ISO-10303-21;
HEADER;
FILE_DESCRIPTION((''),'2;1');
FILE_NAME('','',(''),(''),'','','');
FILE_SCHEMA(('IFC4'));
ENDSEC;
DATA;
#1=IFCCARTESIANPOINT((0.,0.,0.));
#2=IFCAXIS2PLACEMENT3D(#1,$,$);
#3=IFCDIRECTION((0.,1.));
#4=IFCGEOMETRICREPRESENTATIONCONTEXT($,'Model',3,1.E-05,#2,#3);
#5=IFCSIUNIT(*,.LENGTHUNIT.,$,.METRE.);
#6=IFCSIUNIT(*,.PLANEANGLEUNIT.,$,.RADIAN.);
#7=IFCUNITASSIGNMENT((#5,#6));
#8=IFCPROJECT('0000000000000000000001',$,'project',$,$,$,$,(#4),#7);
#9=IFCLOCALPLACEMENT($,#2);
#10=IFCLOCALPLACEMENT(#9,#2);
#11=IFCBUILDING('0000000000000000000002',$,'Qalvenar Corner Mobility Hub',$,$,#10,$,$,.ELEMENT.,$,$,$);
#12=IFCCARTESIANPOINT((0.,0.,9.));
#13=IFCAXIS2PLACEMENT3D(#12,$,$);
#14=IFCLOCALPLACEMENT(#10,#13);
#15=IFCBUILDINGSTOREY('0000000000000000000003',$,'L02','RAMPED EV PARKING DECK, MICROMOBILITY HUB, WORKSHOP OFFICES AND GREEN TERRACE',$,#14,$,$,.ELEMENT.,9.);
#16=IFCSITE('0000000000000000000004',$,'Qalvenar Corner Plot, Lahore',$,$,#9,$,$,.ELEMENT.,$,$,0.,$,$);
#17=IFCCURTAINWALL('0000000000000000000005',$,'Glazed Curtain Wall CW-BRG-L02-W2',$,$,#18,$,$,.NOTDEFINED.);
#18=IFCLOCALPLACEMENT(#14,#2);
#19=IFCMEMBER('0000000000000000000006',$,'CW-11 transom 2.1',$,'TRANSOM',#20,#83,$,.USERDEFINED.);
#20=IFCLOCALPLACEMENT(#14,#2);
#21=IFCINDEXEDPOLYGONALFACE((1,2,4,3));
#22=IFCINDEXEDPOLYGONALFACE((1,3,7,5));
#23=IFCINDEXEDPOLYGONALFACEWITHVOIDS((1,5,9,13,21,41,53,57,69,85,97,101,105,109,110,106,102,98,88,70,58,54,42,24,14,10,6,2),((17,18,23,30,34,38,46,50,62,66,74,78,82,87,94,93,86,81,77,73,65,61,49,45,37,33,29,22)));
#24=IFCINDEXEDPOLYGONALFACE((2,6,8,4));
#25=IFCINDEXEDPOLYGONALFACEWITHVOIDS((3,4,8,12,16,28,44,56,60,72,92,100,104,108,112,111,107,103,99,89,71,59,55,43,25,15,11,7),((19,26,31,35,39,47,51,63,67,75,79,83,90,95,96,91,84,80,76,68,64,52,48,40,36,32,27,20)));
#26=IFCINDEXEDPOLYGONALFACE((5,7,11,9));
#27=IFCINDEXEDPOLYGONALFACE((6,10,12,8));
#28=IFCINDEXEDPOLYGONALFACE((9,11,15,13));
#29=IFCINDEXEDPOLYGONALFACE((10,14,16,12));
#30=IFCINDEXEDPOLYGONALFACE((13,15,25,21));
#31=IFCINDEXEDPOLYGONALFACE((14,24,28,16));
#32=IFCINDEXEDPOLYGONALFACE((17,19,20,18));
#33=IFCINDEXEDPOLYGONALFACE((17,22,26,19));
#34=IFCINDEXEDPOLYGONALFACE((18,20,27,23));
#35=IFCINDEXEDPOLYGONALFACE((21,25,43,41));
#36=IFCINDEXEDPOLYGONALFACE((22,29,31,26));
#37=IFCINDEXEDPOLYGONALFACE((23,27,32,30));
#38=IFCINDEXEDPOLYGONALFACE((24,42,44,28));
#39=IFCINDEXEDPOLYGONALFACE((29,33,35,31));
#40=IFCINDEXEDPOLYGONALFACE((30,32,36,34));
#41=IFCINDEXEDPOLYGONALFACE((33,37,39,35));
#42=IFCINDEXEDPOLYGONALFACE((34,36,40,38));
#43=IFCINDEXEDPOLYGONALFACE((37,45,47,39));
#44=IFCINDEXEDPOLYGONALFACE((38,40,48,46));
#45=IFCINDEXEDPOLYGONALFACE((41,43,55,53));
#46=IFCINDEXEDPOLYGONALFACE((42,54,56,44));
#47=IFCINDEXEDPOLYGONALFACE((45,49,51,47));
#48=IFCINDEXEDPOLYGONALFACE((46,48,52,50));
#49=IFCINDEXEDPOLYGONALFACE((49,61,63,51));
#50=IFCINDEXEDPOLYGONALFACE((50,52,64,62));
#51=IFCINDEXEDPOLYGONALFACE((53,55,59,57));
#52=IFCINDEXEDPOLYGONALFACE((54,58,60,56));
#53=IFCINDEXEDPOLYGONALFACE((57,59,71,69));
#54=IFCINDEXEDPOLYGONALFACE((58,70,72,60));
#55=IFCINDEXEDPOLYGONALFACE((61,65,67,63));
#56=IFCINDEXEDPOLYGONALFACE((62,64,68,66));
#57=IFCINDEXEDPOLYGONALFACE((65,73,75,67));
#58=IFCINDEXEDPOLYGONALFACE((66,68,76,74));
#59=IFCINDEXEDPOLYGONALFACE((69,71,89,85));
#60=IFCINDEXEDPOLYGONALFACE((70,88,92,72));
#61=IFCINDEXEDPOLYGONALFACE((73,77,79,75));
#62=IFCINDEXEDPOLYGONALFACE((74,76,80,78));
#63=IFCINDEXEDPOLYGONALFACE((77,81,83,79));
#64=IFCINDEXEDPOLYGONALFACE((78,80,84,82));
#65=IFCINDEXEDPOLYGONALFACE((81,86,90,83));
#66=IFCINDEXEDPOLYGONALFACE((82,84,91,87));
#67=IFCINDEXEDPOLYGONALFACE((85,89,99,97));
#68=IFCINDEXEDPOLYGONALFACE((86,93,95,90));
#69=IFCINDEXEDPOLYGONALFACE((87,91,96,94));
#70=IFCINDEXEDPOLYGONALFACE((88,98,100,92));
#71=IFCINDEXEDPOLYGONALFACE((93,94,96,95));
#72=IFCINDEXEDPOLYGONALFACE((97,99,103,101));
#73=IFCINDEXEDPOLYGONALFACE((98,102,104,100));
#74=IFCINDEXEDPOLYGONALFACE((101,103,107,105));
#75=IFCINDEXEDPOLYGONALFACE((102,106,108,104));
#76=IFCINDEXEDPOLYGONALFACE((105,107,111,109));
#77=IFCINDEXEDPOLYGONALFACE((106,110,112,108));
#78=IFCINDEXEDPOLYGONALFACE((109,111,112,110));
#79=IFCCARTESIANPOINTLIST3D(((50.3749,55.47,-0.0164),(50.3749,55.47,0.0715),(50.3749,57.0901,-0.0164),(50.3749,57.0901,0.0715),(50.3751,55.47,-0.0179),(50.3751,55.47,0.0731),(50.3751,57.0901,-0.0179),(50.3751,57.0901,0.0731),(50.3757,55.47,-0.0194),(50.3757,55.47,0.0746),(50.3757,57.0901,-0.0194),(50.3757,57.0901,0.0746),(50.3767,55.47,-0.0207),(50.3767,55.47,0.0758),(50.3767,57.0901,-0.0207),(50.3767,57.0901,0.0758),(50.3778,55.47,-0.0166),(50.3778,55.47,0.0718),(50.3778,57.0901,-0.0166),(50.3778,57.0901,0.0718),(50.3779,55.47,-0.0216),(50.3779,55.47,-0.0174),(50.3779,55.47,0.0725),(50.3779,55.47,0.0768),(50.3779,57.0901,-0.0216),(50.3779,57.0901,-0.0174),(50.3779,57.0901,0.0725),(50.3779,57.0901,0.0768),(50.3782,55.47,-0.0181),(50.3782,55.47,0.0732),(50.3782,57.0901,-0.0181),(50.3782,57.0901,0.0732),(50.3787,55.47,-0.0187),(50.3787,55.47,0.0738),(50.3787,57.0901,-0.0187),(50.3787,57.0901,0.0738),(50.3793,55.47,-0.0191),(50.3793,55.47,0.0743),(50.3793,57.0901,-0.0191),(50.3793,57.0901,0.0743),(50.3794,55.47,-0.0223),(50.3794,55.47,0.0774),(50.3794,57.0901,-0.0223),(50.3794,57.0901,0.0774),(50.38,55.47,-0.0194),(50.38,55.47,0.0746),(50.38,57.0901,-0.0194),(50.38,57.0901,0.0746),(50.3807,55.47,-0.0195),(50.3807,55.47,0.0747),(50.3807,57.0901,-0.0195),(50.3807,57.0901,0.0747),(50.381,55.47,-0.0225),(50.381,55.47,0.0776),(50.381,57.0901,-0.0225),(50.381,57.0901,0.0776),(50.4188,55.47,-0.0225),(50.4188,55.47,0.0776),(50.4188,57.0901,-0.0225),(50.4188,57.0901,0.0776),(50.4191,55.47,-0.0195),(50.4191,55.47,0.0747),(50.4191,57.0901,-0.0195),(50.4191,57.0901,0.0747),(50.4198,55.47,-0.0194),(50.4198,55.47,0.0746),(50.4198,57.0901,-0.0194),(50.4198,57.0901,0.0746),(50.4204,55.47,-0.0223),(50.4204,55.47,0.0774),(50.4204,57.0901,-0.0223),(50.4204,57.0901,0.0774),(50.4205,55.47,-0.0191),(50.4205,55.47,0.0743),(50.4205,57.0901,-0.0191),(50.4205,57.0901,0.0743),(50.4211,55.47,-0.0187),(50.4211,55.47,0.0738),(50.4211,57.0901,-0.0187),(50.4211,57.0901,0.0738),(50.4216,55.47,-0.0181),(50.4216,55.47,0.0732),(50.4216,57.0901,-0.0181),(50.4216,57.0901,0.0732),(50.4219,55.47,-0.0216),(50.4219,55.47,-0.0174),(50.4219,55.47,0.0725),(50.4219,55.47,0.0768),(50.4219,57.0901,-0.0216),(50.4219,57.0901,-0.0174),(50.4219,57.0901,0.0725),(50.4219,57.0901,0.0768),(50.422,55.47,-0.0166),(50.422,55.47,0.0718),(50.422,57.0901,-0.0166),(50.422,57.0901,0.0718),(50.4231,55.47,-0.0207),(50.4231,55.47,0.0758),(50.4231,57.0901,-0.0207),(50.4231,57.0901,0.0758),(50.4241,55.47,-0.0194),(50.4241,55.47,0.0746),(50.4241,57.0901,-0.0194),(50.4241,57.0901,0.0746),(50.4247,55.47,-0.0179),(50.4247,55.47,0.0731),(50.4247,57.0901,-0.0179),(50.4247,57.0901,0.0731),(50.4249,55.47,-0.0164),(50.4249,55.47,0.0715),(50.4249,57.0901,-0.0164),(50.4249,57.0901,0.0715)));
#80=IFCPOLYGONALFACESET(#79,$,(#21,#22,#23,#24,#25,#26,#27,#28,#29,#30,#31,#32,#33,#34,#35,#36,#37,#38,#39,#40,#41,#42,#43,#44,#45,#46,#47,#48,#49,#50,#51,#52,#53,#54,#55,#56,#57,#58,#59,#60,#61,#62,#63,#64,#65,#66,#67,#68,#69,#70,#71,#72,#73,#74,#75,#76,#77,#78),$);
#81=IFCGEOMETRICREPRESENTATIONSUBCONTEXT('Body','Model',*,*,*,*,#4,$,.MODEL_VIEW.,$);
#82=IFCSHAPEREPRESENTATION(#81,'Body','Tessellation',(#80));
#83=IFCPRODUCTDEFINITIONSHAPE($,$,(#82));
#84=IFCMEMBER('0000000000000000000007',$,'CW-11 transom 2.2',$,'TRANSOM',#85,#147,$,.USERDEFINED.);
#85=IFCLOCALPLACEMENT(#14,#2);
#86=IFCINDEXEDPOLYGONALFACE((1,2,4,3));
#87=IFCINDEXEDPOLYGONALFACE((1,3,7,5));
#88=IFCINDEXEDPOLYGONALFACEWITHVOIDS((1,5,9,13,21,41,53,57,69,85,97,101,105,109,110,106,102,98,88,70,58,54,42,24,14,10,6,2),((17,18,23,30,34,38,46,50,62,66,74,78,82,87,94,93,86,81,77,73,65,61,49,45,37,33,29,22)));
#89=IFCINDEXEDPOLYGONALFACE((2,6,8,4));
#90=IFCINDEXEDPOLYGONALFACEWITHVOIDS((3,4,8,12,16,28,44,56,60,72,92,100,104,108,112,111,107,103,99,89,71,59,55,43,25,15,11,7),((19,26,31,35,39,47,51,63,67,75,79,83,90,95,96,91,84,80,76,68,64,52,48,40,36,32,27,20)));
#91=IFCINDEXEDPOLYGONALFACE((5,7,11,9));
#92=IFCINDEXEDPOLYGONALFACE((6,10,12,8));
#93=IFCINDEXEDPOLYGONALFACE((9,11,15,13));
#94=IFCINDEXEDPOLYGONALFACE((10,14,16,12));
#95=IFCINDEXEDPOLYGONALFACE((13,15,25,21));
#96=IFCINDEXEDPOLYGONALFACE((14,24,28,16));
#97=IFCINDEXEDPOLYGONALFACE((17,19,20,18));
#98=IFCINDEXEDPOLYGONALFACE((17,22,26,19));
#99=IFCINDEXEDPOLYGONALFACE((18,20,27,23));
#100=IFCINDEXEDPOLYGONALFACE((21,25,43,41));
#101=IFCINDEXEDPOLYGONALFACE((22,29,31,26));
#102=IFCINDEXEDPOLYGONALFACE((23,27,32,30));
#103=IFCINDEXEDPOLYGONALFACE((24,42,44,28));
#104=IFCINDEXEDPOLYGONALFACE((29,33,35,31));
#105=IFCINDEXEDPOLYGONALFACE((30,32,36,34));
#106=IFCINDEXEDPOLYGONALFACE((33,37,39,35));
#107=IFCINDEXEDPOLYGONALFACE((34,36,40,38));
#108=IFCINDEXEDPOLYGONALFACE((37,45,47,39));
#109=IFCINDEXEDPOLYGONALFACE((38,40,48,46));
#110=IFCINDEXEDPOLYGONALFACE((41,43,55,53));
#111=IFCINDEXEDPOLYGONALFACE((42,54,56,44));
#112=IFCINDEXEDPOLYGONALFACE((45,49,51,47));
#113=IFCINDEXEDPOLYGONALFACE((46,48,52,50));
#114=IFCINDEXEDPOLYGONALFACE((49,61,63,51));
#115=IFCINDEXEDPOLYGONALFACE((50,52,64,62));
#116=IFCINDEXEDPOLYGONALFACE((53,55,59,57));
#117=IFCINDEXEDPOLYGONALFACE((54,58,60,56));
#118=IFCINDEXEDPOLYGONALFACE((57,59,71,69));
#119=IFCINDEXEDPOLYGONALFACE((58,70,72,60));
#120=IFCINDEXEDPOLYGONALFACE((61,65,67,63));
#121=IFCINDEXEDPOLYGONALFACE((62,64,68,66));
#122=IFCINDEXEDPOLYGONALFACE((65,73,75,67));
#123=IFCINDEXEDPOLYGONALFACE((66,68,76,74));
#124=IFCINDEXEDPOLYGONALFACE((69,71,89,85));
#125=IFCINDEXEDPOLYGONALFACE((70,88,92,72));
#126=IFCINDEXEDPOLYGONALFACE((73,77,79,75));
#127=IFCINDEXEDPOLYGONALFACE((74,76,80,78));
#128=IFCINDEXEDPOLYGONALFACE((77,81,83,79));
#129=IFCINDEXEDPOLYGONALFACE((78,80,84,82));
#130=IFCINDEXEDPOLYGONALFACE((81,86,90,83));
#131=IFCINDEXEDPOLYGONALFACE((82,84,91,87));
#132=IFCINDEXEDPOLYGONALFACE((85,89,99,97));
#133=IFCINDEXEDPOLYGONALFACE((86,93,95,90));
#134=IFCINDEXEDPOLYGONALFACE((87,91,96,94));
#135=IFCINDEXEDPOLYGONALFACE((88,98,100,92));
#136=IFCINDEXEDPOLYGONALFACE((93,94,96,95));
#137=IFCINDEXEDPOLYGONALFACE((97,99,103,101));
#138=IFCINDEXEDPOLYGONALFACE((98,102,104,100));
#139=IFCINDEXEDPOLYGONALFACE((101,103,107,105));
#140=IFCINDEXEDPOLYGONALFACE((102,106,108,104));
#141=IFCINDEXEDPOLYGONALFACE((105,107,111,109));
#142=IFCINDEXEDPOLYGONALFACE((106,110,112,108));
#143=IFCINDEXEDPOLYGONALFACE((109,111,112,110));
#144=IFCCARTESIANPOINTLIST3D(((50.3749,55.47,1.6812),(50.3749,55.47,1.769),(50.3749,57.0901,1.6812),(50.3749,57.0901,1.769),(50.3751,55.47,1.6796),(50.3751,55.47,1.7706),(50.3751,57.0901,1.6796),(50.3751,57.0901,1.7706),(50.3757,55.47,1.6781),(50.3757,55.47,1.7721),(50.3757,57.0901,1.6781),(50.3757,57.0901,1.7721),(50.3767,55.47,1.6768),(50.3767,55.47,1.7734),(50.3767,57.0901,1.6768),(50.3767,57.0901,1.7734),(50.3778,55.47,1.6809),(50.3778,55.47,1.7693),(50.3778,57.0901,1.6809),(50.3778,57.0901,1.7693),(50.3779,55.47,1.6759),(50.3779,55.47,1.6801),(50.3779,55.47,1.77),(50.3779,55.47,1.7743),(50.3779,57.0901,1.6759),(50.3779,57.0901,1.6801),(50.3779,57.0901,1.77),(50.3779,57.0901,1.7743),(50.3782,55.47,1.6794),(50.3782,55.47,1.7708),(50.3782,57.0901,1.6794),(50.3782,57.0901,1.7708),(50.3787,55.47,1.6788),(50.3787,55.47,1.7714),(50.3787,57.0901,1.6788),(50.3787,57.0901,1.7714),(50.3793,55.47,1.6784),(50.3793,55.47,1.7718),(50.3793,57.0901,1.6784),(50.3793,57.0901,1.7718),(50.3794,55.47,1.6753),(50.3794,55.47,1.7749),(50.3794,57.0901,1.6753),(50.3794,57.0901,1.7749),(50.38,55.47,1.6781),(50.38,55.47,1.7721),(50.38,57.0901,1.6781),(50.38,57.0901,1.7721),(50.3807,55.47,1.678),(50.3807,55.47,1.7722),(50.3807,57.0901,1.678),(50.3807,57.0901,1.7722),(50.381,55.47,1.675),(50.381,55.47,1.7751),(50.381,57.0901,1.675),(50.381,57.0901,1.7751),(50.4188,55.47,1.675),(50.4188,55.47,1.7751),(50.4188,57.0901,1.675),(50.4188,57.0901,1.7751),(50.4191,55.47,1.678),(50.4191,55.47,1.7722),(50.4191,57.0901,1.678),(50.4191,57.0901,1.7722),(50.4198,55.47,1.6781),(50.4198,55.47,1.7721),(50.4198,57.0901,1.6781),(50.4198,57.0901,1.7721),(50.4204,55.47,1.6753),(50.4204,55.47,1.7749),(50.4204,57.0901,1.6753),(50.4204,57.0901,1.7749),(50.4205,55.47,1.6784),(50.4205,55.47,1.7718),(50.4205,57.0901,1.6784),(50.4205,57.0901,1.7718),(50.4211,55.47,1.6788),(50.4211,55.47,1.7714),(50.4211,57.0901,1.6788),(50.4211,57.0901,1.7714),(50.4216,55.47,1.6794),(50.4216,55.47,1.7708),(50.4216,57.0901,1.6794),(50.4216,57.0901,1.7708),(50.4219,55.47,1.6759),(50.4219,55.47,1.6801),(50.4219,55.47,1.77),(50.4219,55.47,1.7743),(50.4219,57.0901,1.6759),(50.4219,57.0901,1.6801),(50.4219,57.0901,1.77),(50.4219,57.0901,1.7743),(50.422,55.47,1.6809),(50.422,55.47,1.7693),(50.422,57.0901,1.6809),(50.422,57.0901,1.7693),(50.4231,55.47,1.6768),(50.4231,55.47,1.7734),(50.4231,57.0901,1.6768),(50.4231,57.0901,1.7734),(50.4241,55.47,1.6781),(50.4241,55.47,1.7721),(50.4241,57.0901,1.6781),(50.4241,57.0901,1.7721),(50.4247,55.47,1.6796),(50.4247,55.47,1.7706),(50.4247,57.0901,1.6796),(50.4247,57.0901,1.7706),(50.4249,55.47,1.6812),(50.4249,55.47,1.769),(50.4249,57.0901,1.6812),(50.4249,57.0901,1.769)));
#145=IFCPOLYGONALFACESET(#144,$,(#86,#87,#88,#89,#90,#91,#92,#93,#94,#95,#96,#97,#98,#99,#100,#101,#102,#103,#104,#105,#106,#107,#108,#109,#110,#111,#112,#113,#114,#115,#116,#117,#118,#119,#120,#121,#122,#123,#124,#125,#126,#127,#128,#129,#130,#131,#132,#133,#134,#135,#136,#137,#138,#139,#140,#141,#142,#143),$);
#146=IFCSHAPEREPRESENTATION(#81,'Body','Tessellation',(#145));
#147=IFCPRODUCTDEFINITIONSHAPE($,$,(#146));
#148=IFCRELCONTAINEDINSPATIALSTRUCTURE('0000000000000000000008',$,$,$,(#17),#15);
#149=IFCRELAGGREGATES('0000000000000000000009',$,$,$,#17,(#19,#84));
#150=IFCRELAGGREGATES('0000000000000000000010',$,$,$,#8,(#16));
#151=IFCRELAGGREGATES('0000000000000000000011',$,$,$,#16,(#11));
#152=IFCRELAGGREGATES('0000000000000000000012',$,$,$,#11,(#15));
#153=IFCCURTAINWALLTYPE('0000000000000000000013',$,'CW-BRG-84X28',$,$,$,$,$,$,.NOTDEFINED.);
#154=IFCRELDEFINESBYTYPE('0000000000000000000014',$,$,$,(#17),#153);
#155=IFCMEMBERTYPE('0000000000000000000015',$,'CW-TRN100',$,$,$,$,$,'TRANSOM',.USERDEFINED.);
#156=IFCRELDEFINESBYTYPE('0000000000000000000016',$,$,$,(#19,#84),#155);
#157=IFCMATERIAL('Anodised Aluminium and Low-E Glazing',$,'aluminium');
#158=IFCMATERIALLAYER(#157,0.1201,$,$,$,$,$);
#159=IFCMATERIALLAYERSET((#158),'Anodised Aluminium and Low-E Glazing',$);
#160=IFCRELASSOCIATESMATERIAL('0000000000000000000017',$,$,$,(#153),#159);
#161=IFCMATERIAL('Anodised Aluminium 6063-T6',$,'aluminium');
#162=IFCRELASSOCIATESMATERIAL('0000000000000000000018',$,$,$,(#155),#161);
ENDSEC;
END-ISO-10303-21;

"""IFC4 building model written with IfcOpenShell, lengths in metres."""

from ifc_helpers import new_model, si_unit, direction, frame, origin, origin_2d, place, context, subcontext, project, spatial, hollow_rectangle, extrude, material, layer, layer_set, material_profile, profile_set, type_object, element, aggregate, save


model = new_model("IFC4")

# Units and contexts
model_context = context("Model", 3, precision=1e-05, world=origin(), true_north=direction((0.0, 1.0)))
body_context = subcontext(model_context, "Body", "Model", "MODEL_VIEW")
ifc_project = project(units=[si_unit("LENGTHUNIT", "METRE"), si_unit("PLANEANGLEUNIT", "RADIAN")], contexts=[model_context])

# Site, building, storey
site_placement = place(None, origin())
site = spatial("IfcSite", under=ifc_project, at=site_placement, Name="Qalvenar Corner Plot, Lahore", CompositionType="ELEMENT", RefElevation=0.0)
building_placement = place(site_placement, origin())
building = spatial("IfcBuilding", under=site, at=building_placement, Name="Qalvenar Corner Mobility Hub", CompositionType="ELEMENT")
storey_placement = place(building_placement, frame((0.0, 0.0, 9.0)))
storey = spatial("IfcBuildingStorey", under=building, at=storey_placement, Name="L02", Description="RAMPED EV PARKING DECK, MICROMOBILITY HUB, WORKSHOP OFFICES AND GREEN TERRACE", CompositionType="ELEMENT", Elevation=9.0)

# Curtain wall, members
ifc_material_1 = material(Name="Anodised Aluminium and Low-E Glazing", Category="aluminium")
ifc_layer_1 = layer(ifc_material_1, 0.1201)
ifc_layer_set_1 = layer_set([ifc_layer_1], Name="Anodised Aluminium and Low-E Glazing")
curtain_wall_type = type_object("IfcCurtainWallType", Name="CW-BRG-84X28", PredefinedType="NOTDEFINED", material=ifc_layer_set_1)
curtain_wall_placement = place(storey_placement, origin())
curtain_wall = element("IfcCurtainWall", 1, at=curtain_wall_placement, inside=storey, type_object=curtain_wall_type, Name="Glazed Curtain Wall CW-BRG-L02-W2", PredefinedType="NOTDEFINED")
ifc_material_2 = material(Name="Anodised Aluminium 6063-T6", Category="aluminium")
ifc_material_profile_1 = material_profile(ifc_material_2, hollow_rectangle(XDim=0.05, YDim=0.1001, WallThickness=0.0029, InnerFilletRadius=0.0029, OuterFilletRadius=0.0061, at=origin_2d()), Name="RHS100x50x3")
ifc_profile_set_1 = profile_set([ifc_material_profile_1], Name="Anodised Aluminium 6063-T6")
member_type_1 = type_object("IfcMemberType", Name="CW-TRN100", ElementType="TRANSOM", PredefinedType="USERDEFINED", material=ifc_profile_set_1)
member_1_placement = place(storey_placement, frame((50.3999, 57.0901, 0.0276), z_axis=(0.0, -1.0, 0.0), x_axis=(1.0, 0.0, 0.0)))
member_1 = element("IfcMember", 2, at=member_1_placement, type_object=member_type_1, Name="CW-11 transom 2.1", ObjectType="TRANSOM", PredefinedType="USERDEFINED", context=body_context, shape_type="SweptSolid", body=[
    extrude(hollow_rectangle(XDim=0.05, YDim=0.1001, WallThickness=0.0029, InnerFilletRadius=0.0029, OuterFilletRadius=0.0061, at=origin_2d()), origin(), (0.0, 0.0, 1.0), 1.6201),
])
member_2_placement = place(storey_placement, frame((50.3999, 57.0901, 1.7251), z_axis=(0.0, -1.0, 0.0), x_axis=(1.0, 0.0, 0.0)))
member_2 = element("IfcMember", 3, at=member_2_placement, type_object=member_type_1, Name="CW-11 transom 2.2", ObjectType="TRANSOM", PredefinedType="USERDEFINED", context=body_context, shape_type="SweptSolid", body=[
    extrude(hollow_rectangle(XDim=0.05, YDim=0.1001, WallThickness=0.0029, InnerFilletRadius=0.0029, OuterFilletRadius=0.0061, at=origin_2d()), origin(), (0.0, 0.0, 1.0), 1.6201),
])

aggregate(curtain_wall, [member_1, member_2])

save(model, "model.ifc")
